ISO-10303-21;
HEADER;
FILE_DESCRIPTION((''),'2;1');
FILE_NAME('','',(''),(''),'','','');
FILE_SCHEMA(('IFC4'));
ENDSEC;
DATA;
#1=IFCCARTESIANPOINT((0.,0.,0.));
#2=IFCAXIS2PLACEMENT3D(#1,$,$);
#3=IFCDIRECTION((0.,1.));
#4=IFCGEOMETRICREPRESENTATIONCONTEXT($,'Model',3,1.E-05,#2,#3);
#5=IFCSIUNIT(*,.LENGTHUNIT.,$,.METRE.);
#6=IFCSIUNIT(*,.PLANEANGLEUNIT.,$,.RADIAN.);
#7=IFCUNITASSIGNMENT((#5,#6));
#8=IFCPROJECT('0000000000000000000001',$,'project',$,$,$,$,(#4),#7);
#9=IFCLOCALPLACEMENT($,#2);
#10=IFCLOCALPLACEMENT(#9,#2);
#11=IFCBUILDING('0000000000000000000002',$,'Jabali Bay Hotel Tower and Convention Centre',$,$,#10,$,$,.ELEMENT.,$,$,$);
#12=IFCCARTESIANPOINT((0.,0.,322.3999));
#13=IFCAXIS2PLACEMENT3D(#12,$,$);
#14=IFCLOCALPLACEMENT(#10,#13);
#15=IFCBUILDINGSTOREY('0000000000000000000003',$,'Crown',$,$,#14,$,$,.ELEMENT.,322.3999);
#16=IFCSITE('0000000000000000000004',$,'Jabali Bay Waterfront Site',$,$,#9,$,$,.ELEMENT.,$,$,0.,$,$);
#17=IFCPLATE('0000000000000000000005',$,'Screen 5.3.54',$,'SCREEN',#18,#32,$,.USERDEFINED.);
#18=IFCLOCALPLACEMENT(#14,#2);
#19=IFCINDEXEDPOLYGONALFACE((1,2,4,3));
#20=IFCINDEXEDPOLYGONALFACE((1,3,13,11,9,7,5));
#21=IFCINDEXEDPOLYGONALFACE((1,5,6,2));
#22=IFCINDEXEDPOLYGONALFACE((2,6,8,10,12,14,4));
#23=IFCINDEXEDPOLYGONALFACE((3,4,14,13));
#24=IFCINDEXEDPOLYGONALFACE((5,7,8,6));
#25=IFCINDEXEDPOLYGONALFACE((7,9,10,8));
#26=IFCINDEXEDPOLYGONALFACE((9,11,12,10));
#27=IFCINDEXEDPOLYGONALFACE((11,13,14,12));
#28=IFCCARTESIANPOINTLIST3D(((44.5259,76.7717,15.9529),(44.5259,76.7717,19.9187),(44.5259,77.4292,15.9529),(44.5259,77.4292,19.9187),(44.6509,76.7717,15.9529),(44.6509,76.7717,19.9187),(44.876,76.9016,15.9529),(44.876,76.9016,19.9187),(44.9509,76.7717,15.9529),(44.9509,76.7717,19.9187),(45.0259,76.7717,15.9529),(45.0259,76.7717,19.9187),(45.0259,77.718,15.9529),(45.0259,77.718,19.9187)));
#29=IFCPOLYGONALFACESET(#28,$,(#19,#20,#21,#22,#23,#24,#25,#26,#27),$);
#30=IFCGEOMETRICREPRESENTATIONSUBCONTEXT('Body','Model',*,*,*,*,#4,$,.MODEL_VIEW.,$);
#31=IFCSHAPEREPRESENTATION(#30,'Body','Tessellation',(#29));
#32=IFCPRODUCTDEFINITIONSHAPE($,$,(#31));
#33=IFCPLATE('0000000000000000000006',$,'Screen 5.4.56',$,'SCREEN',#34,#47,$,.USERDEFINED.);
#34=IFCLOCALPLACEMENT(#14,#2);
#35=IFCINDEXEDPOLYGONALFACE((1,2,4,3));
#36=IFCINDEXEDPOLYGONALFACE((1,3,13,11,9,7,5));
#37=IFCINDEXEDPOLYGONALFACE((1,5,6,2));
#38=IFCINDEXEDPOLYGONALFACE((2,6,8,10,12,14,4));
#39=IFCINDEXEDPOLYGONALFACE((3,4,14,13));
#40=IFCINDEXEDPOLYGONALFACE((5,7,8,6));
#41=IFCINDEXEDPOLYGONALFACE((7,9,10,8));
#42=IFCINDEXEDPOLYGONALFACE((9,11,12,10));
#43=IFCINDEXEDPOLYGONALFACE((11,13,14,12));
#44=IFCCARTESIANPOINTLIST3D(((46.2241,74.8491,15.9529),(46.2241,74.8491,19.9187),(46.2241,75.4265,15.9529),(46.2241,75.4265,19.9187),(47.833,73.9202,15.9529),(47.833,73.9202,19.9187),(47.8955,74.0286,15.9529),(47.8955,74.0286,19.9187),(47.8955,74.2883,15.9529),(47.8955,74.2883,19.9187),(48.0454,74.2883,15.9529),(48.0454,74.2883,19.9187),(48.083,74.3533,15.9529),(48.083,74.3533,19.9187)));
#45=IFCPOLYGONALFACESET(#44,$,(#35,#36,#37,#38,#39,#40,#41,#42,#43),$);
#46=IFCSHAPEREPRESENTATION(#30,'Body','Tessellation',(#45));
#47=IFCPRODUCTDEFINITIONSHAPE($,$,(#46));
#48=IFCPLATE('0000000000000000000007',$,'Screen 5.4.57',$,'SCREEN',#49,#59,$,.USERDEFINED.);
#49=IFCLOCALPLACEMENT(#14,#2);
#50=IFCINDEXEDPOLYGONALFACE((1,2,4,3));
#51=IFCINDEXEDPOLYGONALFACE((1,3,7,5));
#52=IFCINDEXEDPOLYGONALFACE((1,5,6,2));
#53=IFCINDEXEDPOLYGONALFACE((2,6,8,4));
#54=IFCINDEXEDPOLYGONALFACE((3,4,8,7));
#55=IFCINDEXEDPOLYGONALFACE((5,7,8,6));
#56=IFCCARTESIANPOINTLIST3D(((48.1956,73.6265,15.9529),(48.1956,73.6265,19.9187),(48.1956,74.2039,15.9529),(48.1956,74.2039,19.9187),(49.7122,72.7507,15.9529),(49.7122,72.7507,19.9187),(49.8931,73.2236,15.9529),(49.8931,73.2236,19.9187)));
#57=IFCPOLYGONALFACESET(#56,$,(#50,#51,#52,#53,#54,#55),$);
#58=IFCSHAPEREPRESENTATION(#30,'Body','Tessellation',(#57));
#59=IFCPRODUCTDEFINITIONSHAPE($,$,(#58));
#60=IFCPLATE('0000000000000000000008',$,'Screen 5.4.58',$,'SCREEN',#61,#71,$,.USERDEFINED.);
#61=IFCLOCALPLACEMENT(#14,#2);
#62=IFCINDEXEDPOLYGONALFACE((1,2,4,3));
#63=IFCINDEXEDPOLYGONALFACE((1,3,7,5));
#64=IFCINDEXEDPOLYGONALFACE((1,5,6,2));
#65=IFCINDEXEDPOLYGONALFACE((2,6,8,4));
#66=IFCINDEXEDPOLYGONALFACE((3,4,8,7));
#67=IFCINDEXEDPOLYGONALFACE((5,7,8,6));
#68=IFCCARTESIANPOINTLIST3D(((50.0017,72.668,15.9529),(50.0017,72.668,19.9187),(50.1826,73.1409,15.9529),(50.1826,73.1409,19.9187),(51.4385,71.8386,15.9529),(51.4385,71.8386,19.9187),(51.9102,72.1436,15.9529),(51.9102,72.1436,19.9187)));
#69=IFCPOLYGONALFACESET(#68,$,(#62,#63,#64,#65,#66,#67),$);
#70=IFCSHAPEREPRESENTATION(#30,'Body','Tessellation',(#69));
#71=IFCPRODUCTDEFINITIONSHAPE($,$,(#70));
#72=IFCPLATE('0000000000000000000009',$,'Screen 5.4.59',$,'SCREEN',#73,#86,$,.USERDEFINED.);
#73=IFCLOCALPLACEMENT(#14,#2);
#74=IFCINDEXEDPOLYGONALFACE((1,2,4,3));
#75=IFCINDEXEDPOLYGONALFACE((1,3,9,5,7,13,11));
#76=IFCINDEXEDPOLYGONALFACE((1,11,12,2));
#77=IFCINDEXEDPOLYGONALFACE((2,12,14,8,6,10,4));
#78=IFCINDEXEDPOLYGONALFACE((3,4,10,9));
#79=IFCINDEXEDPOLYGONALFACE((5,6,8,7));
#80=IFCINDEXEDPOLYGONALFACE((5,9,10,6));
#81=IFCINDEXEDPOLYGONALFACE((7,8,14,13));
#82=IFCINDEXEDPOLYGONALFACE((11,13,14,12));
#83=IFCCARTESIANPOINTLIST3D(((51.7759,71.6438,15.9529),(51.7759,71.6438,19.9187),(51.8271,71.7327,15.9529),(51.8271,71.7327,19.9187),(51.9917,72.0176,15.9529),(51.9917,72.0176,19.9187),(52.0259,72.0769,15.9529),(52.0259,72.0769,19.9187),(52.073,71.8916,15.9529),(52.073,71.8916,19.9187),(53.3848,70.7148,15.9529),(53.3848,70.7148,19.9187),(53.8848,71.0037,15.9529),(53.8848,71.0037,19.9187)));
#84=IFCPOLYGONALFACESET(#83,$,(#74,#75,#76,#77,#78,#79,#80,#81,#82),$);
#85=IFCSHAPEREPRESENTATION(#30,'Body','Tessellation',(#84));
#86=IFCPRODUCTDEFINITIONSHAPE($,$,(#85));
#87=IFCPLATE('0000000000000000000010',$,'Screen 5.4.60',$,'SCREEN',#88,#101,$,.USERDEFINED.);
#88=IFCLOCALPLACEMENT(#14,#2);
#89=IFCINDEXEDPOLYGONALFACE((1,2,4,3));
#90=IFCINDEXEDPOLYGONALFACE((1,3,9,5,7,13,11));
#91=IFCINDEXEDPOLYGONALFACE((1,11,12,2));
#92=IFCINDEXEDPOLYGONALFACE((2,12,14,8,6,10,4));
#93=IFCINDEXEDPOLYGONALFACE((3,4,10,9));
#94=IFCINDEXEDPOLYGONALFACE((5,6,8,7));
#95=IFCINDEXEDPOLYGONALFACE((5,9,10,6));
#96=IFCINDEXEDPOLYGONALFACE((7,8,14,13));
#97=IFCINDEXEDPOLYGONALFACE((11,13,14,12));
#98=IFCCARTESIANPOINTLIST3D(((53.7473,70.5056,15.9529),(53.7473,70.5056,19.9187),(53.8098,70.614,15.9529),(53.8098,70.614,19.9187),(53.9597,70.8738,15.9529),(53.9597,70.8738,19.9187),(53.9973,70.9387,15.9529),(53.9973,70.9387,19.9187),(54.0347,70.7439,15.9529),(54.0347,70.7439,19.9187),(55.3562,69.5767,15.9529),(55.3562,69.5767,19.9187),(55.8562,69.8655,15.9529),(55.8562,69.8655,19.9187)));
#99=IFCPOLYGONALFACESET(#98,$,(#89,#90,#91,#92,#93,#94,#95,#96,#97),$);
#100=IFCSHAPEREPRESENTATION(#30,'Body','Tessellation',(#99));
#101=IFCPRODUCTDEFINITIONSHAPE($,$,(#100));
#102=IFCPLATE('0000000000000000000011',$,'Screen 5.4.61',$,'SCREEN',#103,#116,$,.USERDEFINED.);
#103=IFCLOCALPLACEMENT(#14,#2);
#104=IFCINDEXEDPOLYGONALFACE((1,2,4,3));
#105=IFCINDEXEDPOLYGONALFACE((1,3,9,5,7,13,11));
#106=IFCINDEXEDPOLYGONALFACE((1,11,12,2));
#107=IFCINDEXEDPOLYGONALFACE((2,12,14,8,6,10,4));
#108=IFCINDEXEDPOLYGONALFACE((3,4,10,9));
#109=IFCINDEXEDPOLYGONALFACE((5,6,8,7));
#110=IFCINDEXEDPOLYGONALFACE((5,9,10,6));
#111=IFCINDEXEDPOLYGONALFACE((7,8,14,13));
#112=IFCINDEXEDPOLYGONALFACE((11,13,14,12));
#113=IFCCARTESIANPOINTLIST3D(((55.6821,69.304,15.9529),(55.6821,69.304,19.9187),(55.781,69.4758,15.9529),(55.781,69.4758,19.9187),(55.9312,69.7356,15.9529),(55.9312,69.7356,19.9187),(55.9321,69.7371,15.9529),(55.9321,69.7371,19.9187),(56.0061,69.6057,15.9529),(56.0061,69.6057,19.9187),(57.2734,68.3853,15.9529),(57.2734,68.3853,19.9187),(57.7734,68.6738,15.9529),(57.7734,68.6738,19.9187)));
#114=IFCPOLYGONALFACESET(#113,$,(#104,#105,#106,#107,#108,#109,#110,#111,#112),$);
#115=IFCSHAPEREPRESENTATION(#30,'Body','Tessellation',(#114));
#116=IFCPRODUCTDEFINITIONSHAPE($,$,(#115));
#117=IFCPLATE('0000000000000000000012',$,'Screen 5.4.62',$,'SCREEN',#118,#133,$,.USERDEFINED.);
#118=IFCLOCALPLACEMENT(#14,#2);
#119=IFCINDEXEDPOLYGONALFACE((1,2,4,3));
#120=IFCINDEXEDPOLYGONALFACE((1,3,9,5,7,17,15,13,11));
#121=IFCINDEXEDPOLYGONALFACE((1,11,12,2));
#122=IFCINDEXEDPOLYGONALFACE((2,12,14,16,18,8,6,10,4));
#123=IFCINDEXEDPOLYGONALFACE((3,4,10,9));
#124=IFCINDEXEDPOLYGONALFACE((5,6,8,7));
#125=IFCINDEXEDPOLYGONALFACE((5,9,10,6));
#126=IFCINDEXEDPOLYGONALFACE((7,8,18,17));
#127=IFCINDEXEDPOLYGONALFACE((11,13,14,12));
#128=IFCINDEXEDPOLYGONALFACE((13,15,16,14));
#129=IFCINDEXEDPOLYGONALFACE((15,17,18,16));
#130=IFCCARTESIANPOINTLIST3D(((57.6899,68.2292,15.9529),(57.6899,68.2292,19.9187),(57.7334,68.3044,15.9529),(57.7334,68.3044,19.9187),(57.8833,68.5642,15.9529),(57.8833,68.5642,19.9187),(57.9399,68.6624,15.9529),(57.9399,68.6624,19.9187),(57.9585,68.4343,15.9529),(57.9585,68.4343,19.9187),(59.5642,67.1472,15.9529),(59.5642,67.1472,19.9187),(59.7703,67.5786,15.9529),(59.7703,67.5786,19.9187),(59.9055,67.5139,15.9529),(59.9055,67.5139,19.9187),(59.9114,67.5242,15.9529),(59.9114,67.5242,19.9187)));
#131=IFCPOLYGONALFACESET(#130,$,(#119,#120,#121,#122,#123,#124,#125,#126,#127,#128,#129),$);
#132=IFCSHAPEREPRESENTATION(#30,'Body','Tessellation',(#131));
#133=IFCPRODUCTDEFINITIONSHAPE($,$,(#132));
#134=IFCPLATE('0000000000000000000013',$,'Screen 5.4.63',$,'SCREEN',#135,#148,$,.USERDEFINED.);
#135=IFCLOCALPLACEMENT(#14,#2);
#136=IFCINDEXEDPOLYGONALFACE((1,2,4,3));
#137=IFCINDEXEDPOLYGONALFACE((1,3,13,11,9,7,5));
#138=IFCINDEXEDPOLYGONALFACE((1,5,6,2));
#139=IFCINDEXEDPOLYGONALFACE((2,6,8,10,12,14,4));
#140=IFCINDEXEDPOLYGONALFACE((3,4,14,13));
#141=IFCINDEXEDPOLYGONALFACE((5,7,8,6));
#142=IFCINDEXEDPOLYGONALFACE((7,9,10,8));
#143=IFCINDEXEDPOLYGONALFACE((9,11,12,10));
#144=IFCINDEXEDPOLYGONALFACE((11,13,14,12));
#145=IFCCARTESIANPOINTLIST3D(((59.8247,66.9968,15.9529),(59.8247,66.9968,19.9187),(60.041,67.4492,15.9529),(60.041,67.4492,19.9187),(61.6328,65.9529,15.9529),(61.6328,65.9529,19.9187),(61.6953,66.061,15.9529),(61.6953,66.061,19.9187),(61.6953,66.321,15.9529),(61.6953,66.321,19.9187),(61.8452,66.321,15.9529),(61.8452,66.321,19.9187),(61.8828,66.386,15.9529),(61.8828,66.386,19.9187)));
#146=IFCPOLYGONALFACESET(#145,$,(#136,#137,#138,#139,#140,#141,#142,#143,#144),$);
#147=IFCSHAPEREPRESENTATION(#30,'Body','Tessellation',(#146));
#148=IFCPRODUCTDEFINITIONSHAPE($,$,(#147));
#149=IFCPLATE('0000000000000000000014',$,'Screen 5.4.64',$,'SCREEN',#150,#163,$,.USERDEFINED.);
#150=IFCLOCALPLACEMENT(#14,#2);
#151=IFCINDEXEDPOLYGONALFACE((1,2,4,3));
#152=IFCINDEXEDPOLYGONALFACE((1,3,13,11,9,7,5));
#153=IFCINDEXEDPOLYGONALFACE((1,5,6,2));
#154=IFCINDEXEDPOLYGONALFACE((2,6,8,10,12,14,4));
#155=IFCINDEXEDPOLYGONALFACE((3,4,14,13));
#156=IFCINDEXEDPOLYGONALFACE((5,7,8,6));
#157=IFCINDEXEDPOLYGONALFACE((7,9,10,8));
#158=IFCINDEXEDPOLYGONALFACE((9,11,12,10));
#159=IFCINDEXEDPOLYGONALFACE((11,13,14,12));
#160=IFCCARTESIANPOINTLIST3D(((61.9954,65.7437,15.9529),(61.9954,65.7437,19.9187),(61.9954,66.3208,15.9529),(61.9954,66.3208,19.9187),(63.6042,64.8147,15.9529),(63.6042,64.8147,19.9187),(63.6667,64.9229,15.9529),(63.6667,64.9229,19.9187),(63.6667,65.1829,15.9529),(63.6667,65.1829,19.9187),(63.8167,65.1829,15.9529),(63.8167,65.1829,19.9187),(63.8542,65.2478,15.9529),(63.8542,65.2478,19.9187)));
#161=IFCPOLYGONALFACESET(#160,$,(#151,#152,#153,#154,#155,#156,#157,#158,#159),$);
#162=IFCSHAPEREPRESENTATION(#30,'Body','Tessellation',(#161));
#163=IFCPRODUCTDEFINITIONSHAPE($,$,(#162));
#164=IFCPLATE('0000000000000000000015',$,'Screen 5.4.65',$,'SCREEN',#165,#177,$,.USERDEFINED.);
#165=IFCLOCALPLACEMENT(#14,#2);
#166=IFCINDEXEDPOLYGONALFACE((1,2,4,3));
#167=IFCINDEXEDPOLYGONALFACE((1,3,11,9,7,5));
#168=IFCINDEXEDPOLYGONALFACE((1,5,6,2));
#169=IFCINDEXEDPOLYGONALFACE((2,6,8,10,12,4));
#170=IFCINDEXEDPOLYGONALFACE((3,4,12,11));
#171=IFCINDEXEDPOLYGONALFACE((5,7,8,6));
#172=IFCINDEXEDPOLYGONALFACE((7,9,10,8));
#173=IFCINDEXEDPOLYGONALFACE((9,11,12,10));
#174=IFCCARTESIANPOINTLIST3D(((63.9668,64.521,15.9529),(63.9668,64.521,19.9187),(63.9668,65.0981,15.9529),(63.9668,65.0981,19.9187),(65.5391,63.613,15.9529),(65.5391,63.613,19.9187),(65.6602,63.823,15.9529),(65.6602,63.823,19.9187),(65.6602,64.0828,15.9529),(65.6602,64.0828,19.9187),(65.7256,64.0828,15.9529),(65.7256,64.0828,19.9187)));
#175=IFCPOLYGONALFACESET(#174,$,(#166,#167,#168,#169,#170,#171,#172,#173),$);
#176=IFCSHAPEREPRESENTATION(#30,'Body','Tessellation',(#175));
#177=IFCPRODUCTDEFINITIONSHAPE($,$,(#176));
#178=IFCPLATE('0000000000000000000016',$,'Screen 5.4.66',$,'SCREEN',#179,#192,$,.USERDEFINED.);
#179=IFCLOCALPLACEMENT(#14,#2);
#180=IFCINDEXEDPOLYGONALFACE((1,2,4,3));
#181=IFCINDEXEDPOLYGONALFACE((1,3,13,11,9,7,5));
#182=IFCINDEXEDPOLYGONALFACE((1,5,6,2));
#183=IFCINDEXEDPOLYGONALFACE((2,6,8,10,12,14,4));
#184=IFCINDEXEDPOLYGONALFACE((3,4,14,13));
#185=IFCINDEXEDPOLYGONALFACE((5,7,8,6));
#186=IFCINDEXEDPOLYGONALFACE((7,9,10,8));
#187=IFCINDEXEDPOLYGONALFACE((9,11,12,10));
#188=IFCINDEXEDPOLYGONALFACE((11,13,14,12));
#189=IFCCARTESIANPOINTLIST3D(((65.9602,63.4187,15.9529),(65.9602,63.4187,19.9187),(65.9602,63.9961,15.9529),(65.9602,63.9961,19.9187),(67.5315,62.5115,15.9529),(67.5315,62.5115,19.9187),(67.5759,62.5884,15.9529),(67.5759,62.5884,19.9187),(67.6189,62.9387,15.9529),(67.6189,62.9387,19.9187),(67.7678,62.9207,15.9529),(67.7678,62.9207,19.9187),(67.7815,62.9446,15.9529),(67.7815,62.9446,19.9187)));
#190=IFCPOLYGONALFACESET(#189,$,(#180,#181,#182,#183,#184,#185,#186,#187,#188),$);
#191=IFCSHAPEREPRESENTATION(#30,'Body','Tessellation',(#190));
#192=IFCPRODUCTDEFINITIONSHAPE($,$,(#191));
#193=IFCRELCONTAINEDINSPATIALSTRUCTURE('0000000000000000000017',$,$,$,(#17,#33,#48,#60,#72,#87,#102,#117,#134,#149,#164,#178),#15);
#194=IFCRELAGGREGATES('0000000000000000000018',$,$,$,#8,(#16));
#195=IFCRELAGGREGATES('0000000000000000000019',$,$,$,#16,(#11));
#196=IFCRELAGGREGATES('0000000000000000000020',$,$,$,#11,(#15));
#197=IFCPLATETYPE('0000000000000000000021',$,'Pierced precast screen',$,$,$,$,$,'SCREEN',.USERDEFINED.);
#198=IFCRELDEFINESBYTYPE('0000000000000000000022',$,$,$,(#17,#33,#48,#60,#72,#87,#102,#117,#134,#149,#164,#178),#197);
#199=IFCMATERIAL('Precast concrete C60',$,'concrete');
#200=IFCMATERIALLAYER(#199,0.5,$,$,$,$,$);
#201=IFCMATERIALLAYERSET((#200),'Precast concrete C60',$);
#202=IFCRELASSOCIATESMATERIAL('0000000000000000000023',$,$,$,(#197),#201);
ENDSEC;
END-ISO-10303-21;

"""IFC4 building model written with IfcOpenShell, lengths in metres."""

from ifc_helpers import new_model, si_unit, direction, frame, origin, place, context, subcontext, project, spatial, polyline, outline, extrude, material, layer, layer_set, type_object, element, save


model = new_model("IFC4")

# Units and contexts
model_context = context("Model", 3, precision=1e-05, world=origin(), true_north=direction((0.0, 1.0)))
body_context = subcontext(model_context, "Body", "Model", "MODEL_VIEW")
ifc_project = project(units=[si_unit("LENGTHUNIT", "METRE"), si_unit("PLANEANGLEUNIT", "RADIAN")], contexts=[model_context])

# Site, building, storey
site_placement = place(None, origin())
site = spatial("IfcSite", under=ifc_project, at=site_placement, Name="Jabali Bay Waterfront Site", CompositionType="ELEMENT", RefElevation=0.0)
building_placement = place(site_placement, origin())
building = spatial("IfcBuilding", under=site, at=building_placement, Name="Jabali Bay Hotel Tower and Convention Centre", CompositionType="ELEMENT")
storey_placement = place(building_placement, frame((0.0, 0.0, 322.3999)))
storey = spatial("IfcBuildingStorey", under=building, at=storey_placement, Name="Crown", CompositionType="ELEMENT", Elevation=322.3999)

# Plates
ifc_material = material(Name="Precast concrete C60", Category="concrete")
ifc_layer = layer(ifc_material, 0.5)
ifc_layer_set = layer_set([ifc_layer], Name="Precast concrete C60")
plate_type = type_object("IfcPlateType", Name="Pierced precast screen", ElementType="SCREEN", PredefinedType="USERDEFINED", material=ifc_layer_set)
plate_1_placement = place(storey_placement, frame((0.0, 0.0, 15.9529)))
element("IfcPlate", 1, at=plate_1_placement, inside=storey, type_object=plate_type, Name="Screen 5.3.54", ObjectType="SCREEN", PredefinedType="USERDEFINED", context=body_context, shape_type="SweptSolid", body=[
    extrude(outline(polyline([(45.0259, 76.7717), (45.0259, 77.718), (44.5259, 77.4292), (44.5259, 76.7717), (44.6509, 76.7717), (44.876, 76.9016), (44.9509, 76.7717), (45.0259, 76.7717)])), origin(), (0.0, 0.0, 1.0), 3.9658),
])
plate_2_placement = place(storey_placement, frame((0.0, 0.0, 15.9529)))
element("IfcPlate", 2, at=plate_2_placement, inside=storey, type_object=plate_type, Name="Screen 5.4.56", ObjectType="SCREEN", PredefinedType="USERDEFINED", context=body_context, shape_type="SweptSolid", body=[
    extrude(outline(polyline([(48.083, 74.3533), (46.2241, 75.4265), (46.2241, 74.8491), (47.833, 73.9202), (47.8955, 74.0286), (47.8955, 74.2883), (48.0454, 74.2883), (48.083, 74.3533)])), origin(), (0.0, 0.0, 1.0), 3.9658),
])
plate_3_placement = place(storey_placement, frame((0.0, 0.0, 15.9529)))
element("IfcPlate", 3, at=plate_3_placement, inside=storey, type_object=plate_type, Name="Screen 5.4.57", ObjectType="SCREEN", PredefinedType="USERDEFINED", context=body_context, shape_type="SweptSolid", body=[
    extrude(outline(polyline([(49.8931, 73.2236), (48.1956, 74.2039), (48.1956, 73.6265), (49.7122, 72.7507), (49.8931, 73.2236)])), origin(), (0.0, 0.0, 1.0), 3.9658),
])
plate_4_placement = place(storey_placement, frame((0.0, 0.0, 15.9529)))
element("IfcPlate", 4, at=plate_4_placement, inside=storey, type_object=plate_type, Name="Screen 5.4.58", ObjectType="SCREEN", PredefinedType="USERDEFINED", context=body_context, shape_type="SweptSolid", body=[
    extrude(outline(polyline([(51.9102, 72.1436), (50.1826, 73.1409), (50.0017, 72.668), (51.4385, 71.8386), (51.9102, 72.1436)])), origin(), (0.0, 0.0, 1.0), 3.9658),
])
plate_5_placement = place(storey_placement, frame((0.0, 0.0, 15.9529)))
element("IfcPlate", 5, at=plate_5_placement, inside=storey, type_object=plate_type, Name="Screen 5.4.59", ObjectType="SCREEN", PredefinedType="USERDEFINED", context=body_context, shape_type="SweptSolid", body=[
    extrude(outline(polyline([(53.8848, 71.0037), (52.0259, 72.0769), (51.9917, 72.0176), (52.073, 71.8916), (51.8271, 71.7327), (51.7759, 71.6438), (53.3848, 70.7148), (53.8848, 71.0037)])), origin(), (0.0, 0.0, 1.0), 3.9658),
])
plate_6_placement = place(storey_placement, frame((0.0, 0.0, 15.9529)))
element("IfcPlate", 6, at=plate_6_placement, inside=storey, type_object=plate_type, Name="Screen 5.4.60", ObjectType="SCREEN", PredefinedType="USERDEFINED", context=body_context, shape_type="SweptSolid", body=[
    extrude(outline(polyline([(55.8562, 69.8655), (53.9973, 70.9387), (53.9597, 70.8738), (54.0347, 70.7439), (53.8098, 70.614), (53.7473, 70.5056), (55.3562, 69.5767), (55.8562, 69.8655)])), origin(), (0.0, 0.0, 1.0), 3.9658),
])
plate_7_placement = place(storey_placement, frame((0.0, 0.0, 15.9529)))
element("IfcPlate", 7, at=plate_7_placement, inside=storey, type_object=plate_type, Name="Screen 5.4.61", ObjectType="SCREEN", PredefinedType="USERDEFINED", context=body_context, shape_type="SweptSolid", body=[
    extrude(outline(polyline([(57.7734, 68.6738), (55.9321, 69.7371), (55.9312, 69.7356), (56.0061, 69.6057), (55.781, 69.4758), (55.6821, 69.304), (57.2734, 68.3853), (57.7734, 68.6738)])), origin(), (0.0, 0.0, 1.0), 3.9658),
])
plate_8_placement = place(storey_placement, frame((0.0, 0.0, 15.9529)))
element("IfcPlate", 8, at=plate_8_placement, inside=storey, type_object=plate_type, Name="Screen 5.4.62", ObjectType="SCREEN", PredefinedType="USERDEFINED", context=body_context, shape_type="SweptSolid", body=[
    extrude(outline(polyline([(59.9114, 67.5242), (57.9399, 68.6624), (57.8833, 68.5642), (57.9585, 68.4343), (57.7334, 68.3044), (57.6899, 68.2292), (59.5642, 67.1472), (59.7703, 67.5786), (59.9055, 67.5139), (59.9114, 67.5242)])), origin(), (0.0, 0.0, 1.0), 3.9658),
])
plate_9_placement = place(storey_placement, frame((0.0, 0.0, 15.9529)))
element("IfcPlate", 9, at=plate_9_placement, inside=storey, type_object=plate_type, Name="Screen 5.4.63", ObjectType="SCREEN", PredefinedType="USERDEFINED", context=body_context, shape_type="SweptSolid", body=[
    extrude(outline(polyline([(61.8828, 66.386), (60.041, 67.4492), (59.8247, 66.9968), (61.6328, 65.9529), (61.6953, 66.061), (61.6953, 66.321), (61.8452, 66.321), (61.8828, 66.386)])), origin(), (0.0, 0.0, 1.0), 3.9658),
])
plate_10_placement = place(storey_placement, frame((0.0, 0.0, 15.9529)))
element("IfcPlate", 10, at=plate_10_placement, inside=storey, type_object=plate_type, Name="Screen 5.4.64", ObjectType="SCREEN", PredefinedType="USERDEFINED", context=body_context, shape_type="SweptSolid", body=[
    extrude(outline(polyline([(63.8542, 65.2478), (61.9954, 66.3208), (61.9954, 65.7437), (63.6042, 64.8147), (63.6667, 64.9229), (63.6667, 65.1829), (63.8167, 65.1829), (63.8542, 65.2478)])), origin(), (0.0, 0.0, 1.0), 3.9658),
])
plate_11_placement = place(storey_placement, frame((0.0, 0.0, 15.9529)))
element("IfcPlate", 11, at=plate_11_placement, inside=storey, type_object=plate_type, Name="Screen 5.4.65", ObjectType="SCREEN", PredefinedType="USERDEFINED", context=body_context, shape_type="SweptSolid", body=[
    extrude(outline(polyline([(65.7256, 64.0828), (63.9668, 65.0981), (63.9668, 64.521), (65.5391, 63.613), (65.6602, 63.823), (65.6602, 64.0828), (65.7256, 64.0828)])), origin(), (0.0, 0.0, 1.0), 3.9658),
])
plate_12_placement = place(storey_placement, frame((0.0, 0.0, 15.9529)))
element("IfcPlate", 12, at=plate_12_placement, inside=storey, type_object=plate_type, Name="Screen 5.4.66", ObjectType="SCREEN", PredefinedType="USERDEFINED", context=body_context, shape_type="SweptSolid", body=[
    extrude(outline(polyline([(67.7815, 62.9446), (65.9602, 63.9961), (65.9602, 63.4187), (67.5315, 62.5115), (67.5759, 62.5884), (67.6189, 62.9387), (67.7678, 62.9207), (67.7815, 62.9446)])), origin(), (0.0, 0.0, 1.0), 3.9658),
])

save(model, "model.ifc")
